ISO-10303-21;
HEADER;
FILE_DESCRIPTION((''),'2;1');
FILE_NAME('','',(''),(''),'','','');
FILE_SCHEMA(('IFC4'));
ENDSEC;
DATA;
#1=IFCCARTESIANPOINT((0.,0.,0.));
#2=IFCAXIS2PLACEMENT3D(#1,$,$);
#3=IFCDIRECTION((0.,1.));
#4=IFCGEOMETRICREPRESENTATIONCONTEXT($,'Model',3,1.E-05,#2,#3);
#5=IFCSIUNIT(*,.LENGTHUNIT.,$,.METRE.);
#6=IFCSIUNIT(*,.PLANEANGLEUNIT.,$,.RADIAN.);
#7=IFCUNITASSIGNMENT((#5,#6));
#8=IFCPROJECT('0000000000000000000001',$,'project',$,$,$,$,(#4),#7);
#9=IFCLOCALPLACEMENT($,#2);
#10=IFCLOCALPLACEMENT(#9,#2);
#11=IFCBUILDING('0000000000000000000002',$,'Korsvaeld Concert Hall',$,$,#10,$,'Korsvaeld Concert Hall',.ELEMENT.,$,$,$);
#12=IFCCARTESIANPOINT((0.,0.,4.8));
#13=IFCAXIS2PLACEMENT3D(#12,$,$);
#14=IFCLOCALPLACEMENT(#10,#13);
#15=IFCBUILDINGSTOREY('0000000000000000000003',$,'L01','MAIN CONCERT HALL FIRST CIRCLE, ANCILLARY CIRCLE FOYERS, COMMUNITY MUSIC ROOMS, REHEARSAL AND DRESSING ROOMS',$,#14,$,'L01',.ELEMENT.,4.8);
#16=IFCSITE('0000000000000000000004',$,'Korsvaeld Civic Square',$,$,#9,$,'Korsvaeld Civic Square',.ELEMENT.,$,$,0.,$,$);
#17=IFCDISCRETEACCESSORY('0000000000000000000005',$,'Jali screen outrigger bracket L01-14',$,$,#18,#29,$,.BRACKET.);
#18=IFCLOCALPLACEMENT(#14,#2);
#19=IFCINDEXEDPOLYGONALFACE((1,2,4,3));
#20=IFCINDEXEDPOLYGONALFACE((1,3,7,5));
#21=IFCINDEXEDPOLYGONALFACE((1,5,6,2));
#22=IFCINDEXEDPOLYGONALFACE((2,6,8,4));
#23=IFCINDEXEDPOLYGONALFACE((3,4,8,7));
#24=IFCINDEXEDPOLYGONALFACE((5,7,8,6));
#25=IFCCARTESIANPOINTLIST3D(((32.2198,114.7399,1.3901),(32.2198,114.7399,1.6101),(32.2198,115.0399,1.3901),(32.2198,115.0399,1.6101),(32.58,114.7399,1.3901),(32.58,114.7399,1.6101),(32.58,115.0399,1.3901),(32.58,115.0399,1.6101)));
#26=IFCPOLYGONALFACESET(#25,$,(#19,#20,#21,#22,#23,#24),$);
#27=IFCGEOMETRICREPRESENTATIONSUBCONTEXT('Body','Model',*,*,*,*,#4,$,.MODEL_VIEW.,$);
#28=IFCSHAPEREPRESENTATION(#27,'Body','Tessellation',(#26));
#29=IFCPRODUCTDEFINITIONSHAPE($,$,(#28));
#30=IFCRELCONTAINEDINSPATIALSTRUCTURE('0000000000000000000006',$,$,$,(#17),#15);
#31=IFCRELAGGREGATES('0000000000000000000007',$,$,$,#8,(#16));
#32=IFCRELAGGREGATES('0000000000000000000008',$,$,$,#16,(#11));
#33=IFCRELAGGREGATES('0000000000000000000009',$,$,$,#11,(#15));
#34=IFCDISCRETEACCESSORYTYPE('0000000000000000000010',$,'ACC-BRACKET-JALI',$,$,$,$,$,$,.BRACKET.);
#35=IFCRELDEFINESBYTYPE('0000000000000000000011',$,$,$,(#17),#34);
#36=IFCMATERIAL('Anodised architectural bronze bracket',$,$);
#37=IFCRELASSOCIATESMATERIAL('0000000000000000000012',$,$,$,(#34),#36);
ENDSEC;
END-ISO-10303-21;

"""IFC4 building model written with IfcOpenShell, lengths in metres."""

from ifc_helpers import new_model, si_unit, direction, frame, origin, origin_2d, place, context, subcontext, project, spatial, rectangle, extrude, material, type_object, element, save


model = new_model("IFC4")

# Units and contexts
model_context = context("Model", 3, precision=1e-05, world=origin(), true_north=direction((0.0, 1.0)))
body_context = subcontext(model_context, "Body", "Model", "MODEL_VIEW")
ifc_project = project(units=[si_unit("LENGTHUNIT", "METRE"), si_unit("PLANEANGLEUNIT", "RADIAN")], contexts=[model_context])

# Site, building, storey
site_placement = place(None, origin())
site = spatial("IfcSite", under=ifc_project, at=site_placement, Name="Korsvaeld Civic Square", LongName="Korsvaeld Civic Square", CompositionType="ELEMENT", RefElevation=0.0)
building_placement = place(site_placement, origin())
building = spatial("IfcBuilding", under=site, at=building_placement, Name="Korsvaeld Concert Hall", LongName="Korsvaeld Concert Hall", CompositionType="ELEMENT")
storey_placement = place(building_placement, frame((0.0, 0.0, 4.8)))
storey = spatial("IfcBuildingStorey", under=building, at=storey_placement, Name="L01", Description="MAIN CONCERT HALL FIRST CIRCLE, ANCILLARY CIRCLE FOYERS, COMMUNITY MUSIC ROOMS, REHEARSAL AND DRESSING ROOMS", LongName="L01", CompositionType="ELEMENT", Elevation=4.8)

# Discrete accessory
ifc_material_1 = material(Name="Anodised architectural bronze bracket")
discrete_accessory_type = type_object("IfcDiscreteAccessoryType", Name="ACC-BRACKET-JALI", PredefinedType="BRACKET", material=ifc_material_1)
for number, where, z_axis, x_axis, name in (
    (1, (32.3999, 114.8899, 1.3901), (0.0, 0.0, 1.0), (1.0, 0.0, 0.0), "Jali screen outrigger bracket L01-14"),
):
    element("IfcDiscreteAccessory", number, at=place(storey_placement, frame(where, z_axis=z_axis, x_axis=x_axis)), inside=storey, type_object=discrete_accessory_type, Name=name, PredefinedType="BRACKET", context=body_context, shape_type="SweptSolid", body=[
        extrude(rectangle(XDim=0.3601, YDim=0.3, at=origin_2d()), origin(), (0.0, 0.0, 1.0), 0.22),
    ])

save(model, "model.ifc")
